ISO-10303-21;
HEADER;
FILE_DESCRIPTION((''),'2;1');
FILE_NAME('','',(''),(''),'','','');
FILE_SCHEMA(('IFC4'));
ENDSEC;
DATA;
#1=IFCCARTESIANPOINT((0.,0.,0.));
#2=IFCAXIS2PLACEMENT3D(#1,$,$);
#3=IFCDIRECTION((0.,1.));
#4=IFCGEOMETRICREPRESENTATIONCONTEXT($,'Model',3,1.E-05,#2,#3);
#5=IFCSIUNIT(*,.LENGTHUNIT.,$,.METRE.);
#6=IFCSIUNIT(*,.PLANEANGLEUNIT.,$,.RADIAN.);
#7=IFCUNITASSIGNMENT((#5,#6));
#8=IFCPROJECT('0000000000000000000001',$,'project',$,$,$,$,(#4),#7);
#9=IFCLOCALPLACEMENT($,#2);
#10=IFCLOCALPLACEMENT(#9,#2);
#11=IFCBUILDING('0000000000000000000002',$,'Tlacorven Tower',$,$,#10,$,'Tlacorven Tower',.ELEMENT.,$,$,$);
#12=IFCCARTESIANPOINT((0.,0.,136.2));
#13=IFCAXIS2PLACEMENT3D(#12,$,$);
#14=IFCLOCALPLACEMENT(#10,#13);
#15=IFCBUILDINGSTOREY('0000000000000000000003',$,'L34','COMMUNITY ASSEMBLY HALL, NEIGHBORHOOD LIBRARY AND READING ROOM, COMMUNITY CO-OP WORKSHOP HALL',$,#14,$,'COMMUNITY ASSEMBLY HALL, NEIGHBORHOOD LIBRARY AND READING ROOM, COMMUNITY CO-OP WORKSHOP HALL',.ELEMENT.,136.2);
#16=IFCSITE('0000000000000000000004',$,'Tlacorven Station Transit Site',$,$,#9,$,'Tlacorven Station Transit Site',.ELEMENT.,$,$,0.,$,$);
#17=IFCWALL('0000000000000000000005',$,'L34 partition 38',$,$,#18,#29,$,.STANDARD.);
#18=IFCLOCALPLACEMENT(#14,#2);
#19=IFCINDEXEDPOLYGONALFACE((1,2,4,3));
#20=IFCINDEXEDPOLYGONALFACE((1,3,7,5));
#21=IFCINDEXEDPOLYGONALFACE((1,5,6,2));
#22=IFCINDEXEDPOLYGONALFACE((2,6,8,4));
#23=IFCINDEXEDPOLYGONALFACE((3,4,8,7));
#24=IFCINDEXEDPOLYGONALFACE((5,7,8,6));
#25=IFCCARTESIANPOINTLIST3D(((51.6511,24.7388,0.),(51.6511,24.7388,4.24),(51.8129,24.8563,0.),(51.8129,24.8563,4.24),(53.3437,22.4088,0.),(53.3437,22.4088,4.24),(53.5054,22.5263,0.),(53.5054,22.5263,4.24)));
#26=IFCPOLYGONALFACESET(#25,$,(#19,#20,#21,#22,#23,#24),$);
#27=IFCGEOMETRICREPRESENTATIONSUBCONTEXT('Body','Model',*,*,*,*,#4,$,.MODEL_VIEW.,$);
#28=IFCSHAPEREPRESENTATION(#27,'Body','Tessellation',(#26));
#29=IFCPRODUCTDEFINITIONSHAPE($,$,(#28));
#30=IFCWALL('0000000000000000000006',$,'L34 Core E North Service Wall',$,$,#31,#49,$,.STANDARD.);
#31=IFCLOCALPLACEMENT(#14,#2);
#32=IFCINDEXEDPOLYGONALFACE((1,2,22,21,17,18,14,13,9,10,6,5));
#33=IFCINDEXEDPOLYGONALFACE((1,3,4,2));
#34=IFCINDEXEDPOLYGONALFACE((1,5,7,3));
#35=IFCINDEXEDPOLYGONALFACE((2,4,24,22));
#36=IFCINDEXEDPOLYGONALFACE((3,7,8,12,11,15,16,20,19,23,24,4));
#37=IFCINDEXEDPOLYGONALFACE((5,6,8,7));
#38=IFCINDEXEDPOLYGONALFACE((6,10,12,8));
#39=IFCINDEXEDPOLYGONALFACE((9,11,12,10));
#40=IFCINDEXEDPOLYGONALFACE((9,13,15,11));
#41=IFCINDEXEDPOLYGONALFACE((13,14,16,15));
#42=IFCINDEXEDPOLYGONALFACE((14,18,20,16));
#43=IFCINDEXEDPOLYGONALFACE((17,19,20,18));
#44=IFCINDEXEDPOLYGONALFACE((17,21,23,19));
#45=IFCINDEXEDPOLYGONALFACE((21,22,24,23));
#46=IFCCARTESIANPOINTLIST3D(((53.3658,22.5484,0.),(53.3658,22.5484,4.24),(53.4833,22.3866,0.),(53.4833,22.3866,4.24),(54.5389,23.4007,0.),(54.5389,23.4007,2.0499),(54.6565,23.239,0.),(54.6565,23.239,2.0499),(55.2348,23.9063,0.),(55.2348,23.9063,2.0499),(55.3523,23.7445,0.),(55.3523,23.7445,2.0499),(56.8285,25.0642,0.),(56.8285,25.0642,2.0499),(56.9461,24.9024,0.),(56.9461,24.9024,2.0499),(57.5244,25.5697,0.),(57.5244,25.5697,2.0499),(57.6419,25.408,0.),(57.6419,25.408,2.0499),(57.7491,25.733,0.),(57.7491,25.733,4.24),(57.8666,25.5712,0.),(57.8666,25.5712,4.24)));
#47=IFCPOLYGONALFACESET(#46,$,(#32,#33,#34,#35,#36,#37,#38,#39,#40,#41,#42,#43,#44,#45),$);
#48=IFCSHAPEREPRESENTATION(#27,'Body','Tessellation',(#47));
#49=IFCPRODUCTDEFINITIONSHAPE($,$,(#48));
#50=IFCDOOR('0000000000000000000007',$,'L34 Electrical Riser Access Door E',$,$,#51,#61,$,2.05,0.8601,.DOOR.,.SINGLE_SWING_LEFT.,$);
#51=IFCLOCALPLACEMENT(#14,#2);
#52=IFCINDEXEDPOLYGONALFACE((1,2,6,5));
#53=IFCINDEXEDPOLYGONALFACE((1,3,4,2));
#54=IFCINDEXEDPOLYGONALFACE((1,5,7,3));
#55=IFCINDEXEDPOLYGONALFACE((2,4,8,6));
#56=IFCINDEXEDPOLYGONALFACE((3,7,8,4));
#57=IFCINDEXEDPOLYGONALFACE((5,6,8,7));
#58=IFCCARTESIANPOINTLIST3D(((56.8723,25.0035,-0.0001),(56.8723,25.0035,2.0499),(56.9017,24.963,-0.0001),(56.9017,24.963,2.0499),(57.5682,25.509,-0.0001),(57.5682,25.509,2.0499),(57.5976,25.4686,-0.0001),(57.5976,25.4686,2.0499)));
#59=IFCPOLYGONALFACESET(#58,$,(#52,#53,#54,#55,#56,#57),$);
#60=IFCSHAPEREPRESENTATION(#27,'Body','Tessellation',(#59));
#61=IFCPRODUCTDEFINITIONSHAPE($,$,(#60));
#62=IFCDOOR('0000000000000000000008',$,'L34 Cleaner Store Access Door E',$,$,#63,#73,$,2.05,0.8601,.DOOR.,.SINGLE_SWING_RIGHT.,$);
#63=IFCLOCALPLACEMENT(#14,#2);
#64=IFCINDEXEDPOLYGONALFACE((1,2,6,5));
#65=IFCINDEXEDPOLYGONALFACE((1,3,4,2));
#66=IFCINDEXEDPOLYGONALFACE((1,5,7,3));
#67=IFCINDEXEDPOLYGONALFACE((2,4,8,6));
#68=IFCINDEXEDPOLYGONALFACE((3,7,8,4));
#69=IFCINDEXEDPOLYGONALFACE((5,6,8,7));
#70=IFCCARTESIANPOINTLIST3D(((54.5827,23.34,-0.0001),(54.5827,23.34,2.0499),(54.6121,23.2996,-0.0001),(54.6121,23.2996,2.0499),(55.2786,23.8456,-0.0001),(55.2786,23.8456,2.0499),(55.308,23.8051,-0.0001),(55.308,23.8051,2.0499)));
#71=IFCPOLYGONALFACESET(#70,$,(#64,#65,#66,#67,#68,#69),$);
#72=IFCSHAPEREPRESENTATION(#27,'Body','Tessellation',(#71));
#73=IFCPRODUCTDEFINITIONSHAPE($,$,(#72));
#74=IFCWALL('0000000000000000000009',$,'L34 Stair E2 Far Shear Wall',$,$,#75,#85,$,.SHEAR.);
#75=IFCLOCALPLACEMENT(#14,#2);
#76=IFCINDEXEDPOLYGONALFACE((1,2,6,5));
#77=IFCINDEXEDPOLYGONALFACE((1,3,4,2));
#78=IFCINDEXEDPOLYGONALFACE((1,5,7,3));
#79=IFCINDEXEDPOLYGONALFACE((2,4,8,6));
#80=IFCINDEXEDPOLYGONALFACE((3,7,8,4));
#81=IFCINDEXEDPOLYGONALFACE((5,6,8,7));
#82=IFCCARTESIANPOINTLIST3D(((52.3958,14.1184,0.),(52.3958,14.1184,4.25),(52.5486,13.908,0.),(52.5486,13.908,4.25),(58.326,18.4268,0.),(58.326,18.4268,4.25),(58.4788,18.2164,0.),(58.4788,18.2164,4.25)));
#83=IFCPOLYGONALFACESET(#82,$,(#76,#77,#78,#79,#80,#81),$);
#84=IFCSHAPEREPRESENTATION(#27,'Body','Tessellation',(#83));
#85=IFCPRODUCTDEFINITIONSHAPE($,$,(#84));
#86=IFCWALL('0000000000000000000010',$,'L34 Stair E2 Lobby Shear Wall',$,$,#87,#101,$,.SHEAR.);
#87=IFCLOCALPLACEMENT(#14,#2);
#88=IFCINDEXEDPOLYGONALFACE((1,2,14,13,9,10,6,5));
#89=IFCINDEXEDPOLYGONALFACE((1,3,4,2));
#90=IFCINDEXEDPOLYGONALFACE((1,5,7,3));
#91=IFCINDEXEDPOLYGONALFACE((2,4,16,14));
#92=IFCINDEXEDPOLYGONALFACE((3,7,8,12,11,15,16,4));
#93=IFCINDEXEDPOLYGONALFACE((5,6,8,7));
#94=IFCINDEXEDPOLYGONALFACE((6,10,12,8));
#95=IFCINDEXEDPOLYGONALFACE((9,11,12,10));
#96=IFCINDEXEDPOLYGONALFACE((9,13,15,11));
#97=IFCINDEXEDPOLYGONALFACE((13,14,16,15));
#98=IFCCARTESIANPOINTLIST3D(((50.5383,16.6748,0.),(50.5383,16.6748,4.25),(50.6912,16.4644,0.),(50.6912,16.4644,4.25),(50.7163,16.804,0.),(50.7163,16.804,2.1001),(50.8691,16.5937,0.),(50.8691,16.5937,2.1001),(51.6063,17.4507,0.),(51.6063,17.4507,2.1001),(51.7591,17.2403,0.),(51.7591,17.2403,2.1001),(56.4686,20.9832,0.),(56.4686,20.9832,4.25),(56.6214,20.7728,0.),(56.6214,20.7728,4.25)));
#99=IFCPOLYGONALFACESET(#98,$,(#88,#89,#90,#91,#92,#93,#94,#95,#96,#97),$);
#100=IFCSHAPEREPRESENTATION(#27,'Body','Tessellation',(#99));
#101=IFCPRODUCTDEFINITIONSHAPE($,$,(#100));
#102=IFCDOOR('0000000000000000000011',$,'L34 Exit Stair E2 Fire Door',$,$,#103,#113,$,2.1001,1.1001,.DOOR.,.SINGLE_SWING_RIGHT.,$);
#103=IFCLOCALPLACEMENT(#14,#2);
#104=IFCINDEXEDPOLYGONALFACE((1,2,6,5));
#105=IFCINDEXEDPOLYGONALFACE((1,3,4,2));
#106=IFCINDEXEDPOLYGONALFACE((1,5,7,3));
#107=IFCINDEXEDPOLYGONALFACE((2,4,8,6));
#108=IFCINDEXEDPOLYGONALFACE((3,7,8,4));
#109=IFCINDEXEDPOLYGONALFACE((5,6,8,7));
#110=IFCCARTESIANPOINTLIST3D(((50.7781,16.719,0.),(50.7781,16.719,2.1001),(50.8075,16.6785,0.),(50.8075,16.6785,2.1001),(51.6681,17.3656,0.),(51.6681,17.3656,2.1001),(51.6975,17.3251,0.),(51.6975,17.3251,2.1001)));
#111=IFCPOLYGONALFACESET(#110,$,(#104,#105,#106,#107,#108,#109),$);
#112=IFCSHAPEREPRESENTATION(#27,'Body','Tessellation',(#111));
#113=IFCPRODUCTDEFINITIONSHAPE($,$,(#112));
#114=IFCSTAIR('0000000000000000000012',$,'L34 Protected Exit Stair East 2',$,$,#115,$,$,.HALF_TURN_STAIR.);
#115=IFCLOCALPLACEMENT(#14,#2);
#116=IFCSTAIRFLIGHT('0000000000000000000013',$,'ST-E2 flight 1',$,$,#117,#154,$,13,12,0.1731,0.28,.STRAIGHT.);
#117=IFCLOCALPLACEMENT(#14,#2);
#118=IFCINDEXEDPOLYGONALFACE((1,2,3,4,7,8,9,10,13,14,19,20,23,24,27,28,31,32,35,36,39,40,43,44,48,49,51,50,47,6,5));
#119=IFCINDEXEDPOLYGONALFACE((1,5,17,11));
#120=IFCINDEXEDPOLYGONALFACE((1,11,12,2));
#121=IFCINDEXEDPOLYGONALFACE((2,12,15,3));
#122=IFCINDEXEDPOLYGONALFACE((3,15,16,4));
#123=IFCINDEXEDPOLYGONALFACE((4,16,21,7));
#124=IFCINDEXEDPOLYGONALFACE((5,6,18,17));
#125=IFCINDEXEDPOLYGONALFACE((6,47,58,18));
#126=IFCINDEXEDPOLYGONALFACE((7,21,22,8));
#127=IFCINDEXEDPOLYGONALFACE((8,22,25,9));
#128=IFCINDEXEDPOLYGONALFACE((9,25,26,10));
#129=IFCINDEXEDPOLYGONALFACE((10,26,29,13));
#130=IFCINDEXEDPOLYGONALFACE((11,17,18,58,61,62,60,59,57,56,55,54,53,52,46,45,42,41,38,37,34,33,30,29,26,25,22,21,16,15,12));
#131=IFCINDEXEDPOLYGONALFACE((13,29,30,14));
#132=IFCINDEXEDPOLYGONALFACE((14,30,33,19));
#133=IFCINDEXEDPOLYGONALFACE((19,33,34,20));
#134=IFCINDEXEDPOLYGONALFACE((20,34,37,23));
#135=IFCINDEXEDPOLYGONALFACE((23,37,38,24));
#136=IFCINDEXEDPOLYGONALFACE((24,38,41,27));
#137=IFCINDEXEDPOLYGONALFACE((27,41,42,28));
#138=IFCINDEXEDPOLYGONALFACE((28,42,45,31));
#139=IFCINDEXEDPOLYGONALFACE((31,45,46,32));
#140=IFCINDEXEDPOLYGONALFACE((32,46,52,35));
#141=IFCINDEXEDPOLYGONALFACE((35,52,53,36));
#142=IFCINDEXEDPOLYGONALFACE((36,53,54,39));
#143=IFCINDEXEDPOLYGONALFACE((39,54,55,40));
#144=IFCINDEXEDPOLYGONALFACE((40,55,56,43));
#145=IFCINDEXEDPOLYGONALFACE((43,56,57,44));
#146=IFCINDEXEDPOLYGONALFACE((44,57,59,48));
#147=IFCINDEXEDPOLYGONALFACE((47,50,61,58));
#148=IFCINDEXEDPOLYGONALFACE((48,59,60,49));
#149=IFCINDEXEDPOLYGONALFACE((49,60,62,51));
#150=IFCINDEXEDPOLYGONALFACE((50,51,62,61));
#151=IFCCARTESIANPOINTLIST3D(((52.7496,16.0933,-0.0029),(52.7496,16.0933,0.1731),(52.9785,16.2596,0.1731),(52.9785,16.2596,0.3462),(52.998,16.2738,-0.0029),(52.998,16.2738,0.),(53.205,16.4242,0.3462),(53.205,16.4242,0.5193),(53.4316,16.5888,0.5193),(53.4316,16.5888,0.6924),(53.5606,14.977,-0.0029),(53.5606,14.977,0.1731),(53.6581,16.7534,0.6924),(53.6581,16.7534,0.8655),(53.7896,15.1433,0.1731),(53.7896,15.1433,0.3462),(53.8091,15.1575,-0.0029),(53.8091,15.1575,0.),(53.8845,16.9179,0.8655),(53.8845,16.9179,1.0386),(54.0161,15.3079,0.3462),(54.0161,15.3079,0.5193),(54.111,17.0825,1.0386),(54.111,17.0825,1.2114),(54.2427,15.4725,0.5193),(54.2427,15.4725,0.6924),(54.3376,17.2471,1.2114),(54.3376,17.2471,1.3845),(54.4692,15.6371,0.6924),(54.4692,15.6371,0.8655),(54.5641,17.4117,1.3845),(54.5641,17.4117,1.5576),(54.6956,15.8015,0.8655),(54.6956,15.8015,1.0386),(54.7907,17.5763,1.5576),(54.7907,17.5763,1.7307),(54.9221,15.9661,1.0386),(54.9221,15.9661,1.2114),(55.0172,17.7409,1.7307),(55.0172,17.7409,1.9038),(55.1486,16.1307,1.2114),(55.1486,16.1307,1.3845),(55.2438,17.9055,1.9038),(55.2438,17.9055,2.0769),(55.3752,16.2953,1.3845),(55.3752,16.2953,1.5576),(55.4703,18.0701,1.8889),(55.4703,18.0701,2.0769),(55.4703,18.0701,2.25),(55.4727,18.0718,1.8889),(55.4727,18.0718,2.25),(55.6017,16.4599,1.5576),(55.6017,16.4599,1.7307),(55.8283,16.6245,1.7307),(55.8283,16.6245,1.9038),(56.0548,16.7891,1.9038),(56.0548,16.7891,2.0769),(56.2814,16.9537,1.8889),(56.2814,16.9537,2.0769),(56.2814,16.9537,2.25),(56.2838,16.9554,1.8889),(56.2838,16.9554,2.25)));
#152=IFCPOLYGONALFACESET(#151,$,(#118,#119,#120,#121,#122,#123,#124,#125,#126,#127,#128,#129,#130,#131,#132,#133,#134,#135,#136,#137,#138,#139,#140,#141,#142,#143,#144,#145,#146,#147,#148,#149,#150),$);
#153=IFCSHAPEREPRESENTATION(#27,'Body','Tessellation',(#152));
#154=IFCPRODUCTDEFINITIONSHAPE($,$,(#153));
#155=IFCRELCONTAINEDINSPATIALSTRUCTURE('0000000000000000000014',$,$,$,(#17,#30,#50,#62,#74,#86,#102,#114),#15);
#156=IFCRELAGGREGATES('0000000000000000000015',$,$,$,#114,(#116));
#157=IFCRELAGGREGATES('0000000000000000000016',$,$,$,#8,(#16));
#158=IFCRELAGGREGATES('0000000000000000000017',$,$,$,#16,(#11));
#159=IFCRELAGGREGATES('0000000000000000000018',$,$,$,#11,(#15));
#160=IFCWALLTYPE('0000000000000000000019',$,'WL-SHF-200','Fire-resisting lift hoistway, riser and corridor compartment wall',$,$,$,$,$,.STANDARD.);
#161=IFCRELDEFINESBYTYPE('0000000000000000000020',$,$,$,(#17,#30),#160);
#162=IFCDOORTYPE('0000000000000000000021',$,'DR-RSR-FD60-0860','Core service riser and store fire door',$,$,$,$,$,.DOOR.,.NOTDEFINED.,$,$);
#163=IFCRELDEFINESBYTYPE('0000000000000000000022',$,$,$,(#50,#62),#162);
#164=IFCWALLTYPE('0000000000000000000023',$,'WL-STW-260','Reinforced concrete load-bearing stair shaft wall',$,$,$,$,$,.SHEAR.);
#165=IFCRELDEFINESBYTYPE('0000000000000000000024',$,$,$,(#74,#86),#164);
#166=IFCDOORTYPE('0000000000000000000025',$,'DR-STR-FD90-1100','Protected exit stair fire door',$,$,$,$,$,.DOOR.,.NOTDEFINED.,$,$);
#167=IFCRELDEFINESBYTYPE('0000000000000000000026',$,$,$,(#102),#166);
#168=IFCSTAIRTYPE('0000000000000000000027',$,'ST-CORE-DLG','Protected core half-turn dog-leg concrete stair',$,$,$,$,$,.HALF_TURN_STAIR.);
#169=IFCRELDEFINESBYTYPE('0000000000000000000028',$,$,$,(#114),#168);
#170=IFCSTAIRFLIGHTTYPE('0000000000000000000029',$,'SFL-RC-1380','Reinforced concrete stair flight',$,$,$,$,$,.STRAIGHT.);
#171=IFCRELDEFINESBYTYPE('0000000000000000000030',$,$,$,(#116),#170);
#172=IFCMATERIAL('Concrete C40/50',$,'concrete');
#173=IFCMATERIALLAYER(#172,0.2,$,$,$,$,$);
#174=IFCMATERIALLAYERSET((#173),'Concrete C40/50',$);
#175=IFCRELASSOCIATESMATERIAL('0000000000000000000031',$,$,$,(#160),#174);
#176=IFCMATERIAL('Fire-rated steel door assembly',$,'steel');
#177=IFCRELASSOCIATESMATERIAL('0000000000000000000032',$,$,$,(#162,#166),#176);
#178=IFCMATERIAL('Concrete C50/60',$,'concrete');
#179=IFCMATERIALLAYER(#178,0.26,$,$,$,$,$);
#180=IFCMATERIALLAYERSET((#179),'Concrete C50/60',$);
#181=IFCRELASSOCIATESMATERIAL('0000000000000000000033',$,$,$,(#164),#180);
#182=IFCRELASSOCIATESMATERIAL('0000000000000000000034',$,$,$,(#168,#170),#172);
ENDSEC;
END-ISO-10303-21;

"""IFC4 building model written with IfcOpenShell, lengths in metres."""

from ifc_helpers import new_model, si_unit, direction, frame, frame_2d, origin, place, context, subcontext, project, spatial, polyline, rectangle, outline, extrude, source, transform, mapped, material, layer, layer_set, type_object, element, fill, aggregate, save


model = new_model("IFC4")

# Units and contexts
model_context = context("Model", 3, precision=1e-05, world=origin(), true_north=direction((0.0, 1.0)))
body_context = subcontext(model_context, "Body", "Model", "MODEL_VIEW")
ifc_project = project(units=[si_unit("LENGTHUNIT", "METRE"), si_unit("PLANEANGLEUNIT", "RADIAN")], contexts=[model_context])

# Site, building, storey
site_placement = place(None, origin())
site = spatial("IfcSite", under=ifc_project, at=site_placement, Name="Tlacorven Station Transit Site", LongName="Tlacorven Station Transit Site", CompositionType="ELEMENT", RefElevation=0.0)
building_placement = place(site_placement, origin())
building = spatial("IfcBuilding", under=site, at=building_placement, Name="Tlacorven Tower", LongName="Tlacorven Tower", CompositionType="ELEMENT")
storey_placement = place(building_placement, frame((0.0, 0.0, 136.2)))
storey = spatial("IfcBuildingStorey", under=building, at=storey_placement, Name="L34", Description="COMMUNITY ASSEMBLY HALL, NEIGHBORHOOD LIBRARY AND READING ROOM, COMMUNITY CO-OP WORKSHOP HALL", LongName="COMMUNITY ASSEMBLY HALL, NEIGHBORHOOD LIBRARY AND READING ROOM, COMMUNITY CO-OP WORKSHOP HALL", CompositionType="ELEMENT", Elevation=136.2)

# Shared definitions
ifc_material_1 = material(Name="Concrete C40/50", Category="concrete")
ifc_layer_1 = layer(ifc_material_1, 0.2)
ifc_layer_set_1 = layer_set([ifc_layer_1], Name="Concrete C40/50")
wall_type_1 = type_object("IfcWallType", Name="WL-SHF-200", Description="Fire-resisting lift hoistway, riser and corridor compartment wall", PredefinedType="STANDARD", material=ifc_layer_set_1)
ifc_material_2 = material(Name="Fire-rated steel door assembly", Category="steel")

# Wall
wall_1_placement = place(storey_placement, frame((53.4246, 22.4675, 0.0), z_axis=(0.0, 0.0, 1.0), x_axis=(-0.587723, 0.809062, 0.0)))
element("IfcWall", 1, at=wall_1_placement, inside=storey, type_object=wall_type_1, Name="L34 partition 38", PredefinedType="STANDARD", context=body_context, shape_type="SweptSolid", body=[
    extrude(rectangle(XDim=2.8799, YDim=0.2, at=frame_2d((1.4399, 0.0))), origin(), (0.0, 0.0, 1.0), 4.24),
])

# Wall, openings, doors
wall_2_placement = place(storey_placement, frame((53.4246, 22.4675, 0.0), z_axis=(0.0, 0.0, 1.0), x_axis=(0.809024, 0.587775, 0.0)))
wall_2 = element("IfcWall", 2, at=wall_2_placement, inside=storey, type_object=wall_type_1, Name="L34 Core E North Service Wall", PredefinedType="STANDARD", context=body_context, shape_type="SweptSolid", body=[
    extrude(rectangle(XDim=5.418, YDim=0.2, at=frame_2d((2.709, 0.0))), origin(), (0.0, 0.0, 1.0), 4.24),
])
opening_1_placement = place(wall_2_placement, frame((4.28, 0.0, 0.0)))
opening_1 = element("IfcOpeningElement", 3, at=opening_1_placement, cuts=wall_2, PredefinedType="OPENING", context=body_context, shape_type="SweptSolid", body=[
    extrude(rectangle(XDim=0.8601, YDim=2.05, at=frame_2d((0.4302, 1.0249))), frame((0.0, 0.1099, 0.0), z_axis=(0.0, -1.0, 0.0), x_axis=(1.0, 0.0, 0.0)), (0.0, 0.0, 1.0), 0.22),
])
opening_2_placement = place(wall_2_placement, frame((1.45, 0.0, 0.0)))
opening_2 = element("IfcOpeningElement", 4, at=opening_2_placement, cuts=wall_2, PredefinedType="OPENING", context=body_context, shape_type="SweptSolid", body=[
    extrude(rectangle(XDim=0.8601, YDim=2.05, at=frame_2d((0.4302, 1.0249))), frame((0.0, 0.1099, 0.0), z_axis=(0.0, -1.0, 0.0), x_axis=(1.0, 0.0, 0.0)), (0.0, 0.0, 1.0), 0.22),
])
door_type_1 = type_object("IfcDoorType", Name="DR-RSR-FD60-0860", Description="Core service riser and store fire door", OperationType="NOTDEFINED", PredefinedType="DOOR", material=ifc_material_2)
shared_shape_1 = source(origin(), body_context, "Body", "SweptSolid", [
    extrude(rectangle(XDim=0.8601, YDim=2.05, at=frame_2d((0.4302, 1.0249))), frame((0.0, 0.0249, 0.0), z_axis=(0.0, -1.0, 0.0), x_axis=(1.0, 0.0, 0.0)), (0.0, 0.0, 1.0), 0.05),
])
door_1_placement = place(opening_1_placement, frame((0.8601, 0.0, 0.0), z_axis=(0.0, 0.0, 1.0), x_axis=(-1.0, 0.0, 0.0)))
door_1 = element("IfcDoor", 5, at=door_1_placement, inside=storey, type_object=door_type_1, Name="L34 Electrical Riser Access Door E", OperationType="SINGLE_SWING_LEFT", OverallHeight=2.05, OverallWidth=0.8601, PredefinedType="DOOR", context=body_context, shape_type="MappedRepresentation", body=[
    mapped(shared_shape_1, transform((0.0, 0.0, 0.0), scale=1.0)),
])
fill(opening_1, door_1)
door_2_placement = place(opening_2_placement, frame((0.8601, 0.0, 0.0), z_axis=(0.0, 0.0, 1.0), x_axis=(-1.0, 0.0, 0.0)))
door_2 = element("IfcDoor", 6, at=door_2_placement, inside=storey, type_object=door_type_1, Name="L34 Cleaner Store Access Door E", OperationType="SINGLE_SWING_RIGHT", OverallHeight=2.05, OverallWidth=0.8601, PredefinedType="DOOR", context=body_context, shape_type="MappedRepresentation", body=[
    mapped(shared_shape_1, transform((0.0, 0.0, 0.0), scale=1.0)),
])
fill(opening_2, door_2)

# Wall
ifc_material_3 = material(Name="Concrete C50/60", Category="concrete")
ifc_layer_2 = layer(ifc_material_3, 0.26)
ifc_layer_set_2 = layer_set([ifc_layer_2], Name="Concrete C50/60")
wall_type_2 = type_object("IfcWallType", Name="WL-STW-260", Description="Reinforced concrete load-bearing stair shaft wall", PredefinedType="SHEAR", material=ifc_layer_set_2)
wall_3_placement = place(storey_placement, frame((52.4722, 14.0132, 0.0), z_axis=(0.0, 0.0, 1.0), x_axis=(0.809028, 0.58777, 0.0)))
element("IfcWall", 7, at=wall_3_placement, inside=storey, type_object=wall_type_2, Name="L34 Stair E2 Far Shear Wall", PredefinedType="SHEAR", context=body_context, shape_type="SweptSolid", body=[
    extrude(rectangle(XDim=7.3301, YDim=0.26, at=frame_2d((3.665, 0.0))), origin(), (0.0, 0.0, 1.0), 4.25),
])

# Wall, opening, door
wall_4_placement = place(storey_placement, frame((50.6147, 16.5696, 0.0), z_axis=(0.0, 0.0, 1.0), x_axis=(0.809028, 0.58777, 0.0)))
wall_4 = element("IfcWall", 8, at=wall_4_placement, inside=storey, type_object=wall_type_2, Name="L34 Stair E2 Lobby Shear Wall", PredefinedType="SHEAR", context=body_context, shape_type="SweptSolid", body=[
    extrude(rectangle(XDim=7.3301, YDim=0.26, at=frame_2d((3.665, 0.0))), origin(), (0.0, 0.0, 1.0), 4.25),
])
opening_3_placement = place(wall_4_placement, frame((0.22, 0.0, 0.0)))
opening_3 = element("IfcOpeningElement", 9, at=opening_3_placement, cuts=wall_4, PredefinedType="OPENING", context=body_context, shape_type="SweptSolid", body=[
    extrude(rectangle(XDim=1.1001, YDim=2.1001, at=frame_2d((0.55, 1.05))), frame((0.0, 0.1401, 0.0), z_axis=(0.0, -1.0, 0.0), x_axis=(1.0, 0.0, 0.0)), (0.0, 0.0, 1.0), 0.28),
])
door_type_2 = type_object("IfcDoorType", Name="DR-STR-FD90-1100", Description="Protected exit stair fire door", OperationType="NOTDEFINED", PredefinedType="DOOR", material=ifc_material_2)
shared_shape_2 = source(origin(), body_context, "Body", "SweptSolid", [
    extrude(rectangle(XDim=1.1001, YDim=2.1001, at=frame_2d((0.55, 1.05))), frame((0.0, 0.0249, 0.0), z_axis=(0.0, -1.0, 0.0), x_axis=(1.0, 0.0, 0.0)), (0.0, 0.0, 1.0), 0.05),
])
door_3_placement = place(opening_3_placement, origin())
door_3 = element("IfcDoor", 10, at=door_3_placement, inside=storey, type_object=door_type_2, Name="L34 Exit Stair E2 Fire Door", OperationType="SINGLE_SWING_RIGHT", OverallHeight=2.1001, OverallWidth=1.1001, PredefinedType="DOOR", context=body_context, shape_type="MappedRepresentation", body=[
    mapped(shared_shape_2, transform((0.0, 0.0, 0.0), scale=1.0)),
])
fill(opening_3, door_3)

# Stair, stair flight
stair_type = type_object("IfcStairType", Name="ST-CORE-DLG", Description="Protected core half-turn dog-leg concrete stair", PredefinedType="HALF_TURN_STAIR", material=ifc_material_1)
stair_placement = place(storey_placement, origin())
stair = element("IfcStair", 11, at=stair_placement, inside=storey, type_object=stair_type, Name="L34 Protected Exit Stair East 2", PredefinedType="HALF_TURN_STAIR")
stair_flight_type = type_object("IfcStairFlightType", Name="SFL-RC-1380", Description="Reinforced concrete stair flight", PredefinedType="STRAIGHT", material=ifc_material_1)
shared_shape_3 = source(origin(), body_context, "Body", "SweptSolid", [
    extrude(outline(polyline([(-0.0029, -0.0029), (-0.0029, 0.1731), (0.28, 0.1731), (0.28, 0.3462), (0.5601, 0.3462), (0.5601, 0.5193), (0.8401, 0.5193), (0.8401, 0.6924), (1.1201, 0.6924), (1.1201, 0.8655), (1.3999, 0.8655), (1.3999, 1.0386), (1.6799, 1.0386), (1.6799, 1.2114), (1.96, 1.2114), (1.96, 1.3845), (2.24, 1.3845), (2.24, 1.5576), (2.52, 1.5576), (2.52, 1.7307), (2.8, 1.7307), (2.8, 1.9038), (3.0801, 1.9038), (3.0801, 2.0769), (3.3601, 2.0769), (3.3601, 2.25), (3.363, 2.25), (3.363, 1.8889), (3.3601, 1.8889), (0.3042, 0.0), (0.3042, -0.0029), (-0.0029, -0.0029)])), frame((0.0, 0.6899, 0.0), z_axis=(0.0, -1.0, 0.0), x_axis=(1.0, 0.0, 0.0)), (0.0, 0.0, 1.0), 1.3799),
])
stair_flight_placement = place(storey_placement, frame((53.1575, 15.5369, 0.0), z_axis=(0.0, 0.0, 1.0), x_axis=(0.809017, 0.587785, 0.0)))
stair_flight = element("IfcStairFlight", 12, at=stair_flight_placement, type_object=stair_flight_type, Name="ST-E2 flight 1", NumberOfRisers=13, NumberOfTreads=12, PredefinedType="STRAIGHT", RiserHeight=0.1731, TreadLength=0.28, context=body_context, shape_type="MappedRepresentation", body=[
    mapped(shared_shape_3, transform((0.0, 0.0, 0.0), scale=1.0)),
])
aggregate(stair, [stair_flight])

save(model, "model.ifc")
